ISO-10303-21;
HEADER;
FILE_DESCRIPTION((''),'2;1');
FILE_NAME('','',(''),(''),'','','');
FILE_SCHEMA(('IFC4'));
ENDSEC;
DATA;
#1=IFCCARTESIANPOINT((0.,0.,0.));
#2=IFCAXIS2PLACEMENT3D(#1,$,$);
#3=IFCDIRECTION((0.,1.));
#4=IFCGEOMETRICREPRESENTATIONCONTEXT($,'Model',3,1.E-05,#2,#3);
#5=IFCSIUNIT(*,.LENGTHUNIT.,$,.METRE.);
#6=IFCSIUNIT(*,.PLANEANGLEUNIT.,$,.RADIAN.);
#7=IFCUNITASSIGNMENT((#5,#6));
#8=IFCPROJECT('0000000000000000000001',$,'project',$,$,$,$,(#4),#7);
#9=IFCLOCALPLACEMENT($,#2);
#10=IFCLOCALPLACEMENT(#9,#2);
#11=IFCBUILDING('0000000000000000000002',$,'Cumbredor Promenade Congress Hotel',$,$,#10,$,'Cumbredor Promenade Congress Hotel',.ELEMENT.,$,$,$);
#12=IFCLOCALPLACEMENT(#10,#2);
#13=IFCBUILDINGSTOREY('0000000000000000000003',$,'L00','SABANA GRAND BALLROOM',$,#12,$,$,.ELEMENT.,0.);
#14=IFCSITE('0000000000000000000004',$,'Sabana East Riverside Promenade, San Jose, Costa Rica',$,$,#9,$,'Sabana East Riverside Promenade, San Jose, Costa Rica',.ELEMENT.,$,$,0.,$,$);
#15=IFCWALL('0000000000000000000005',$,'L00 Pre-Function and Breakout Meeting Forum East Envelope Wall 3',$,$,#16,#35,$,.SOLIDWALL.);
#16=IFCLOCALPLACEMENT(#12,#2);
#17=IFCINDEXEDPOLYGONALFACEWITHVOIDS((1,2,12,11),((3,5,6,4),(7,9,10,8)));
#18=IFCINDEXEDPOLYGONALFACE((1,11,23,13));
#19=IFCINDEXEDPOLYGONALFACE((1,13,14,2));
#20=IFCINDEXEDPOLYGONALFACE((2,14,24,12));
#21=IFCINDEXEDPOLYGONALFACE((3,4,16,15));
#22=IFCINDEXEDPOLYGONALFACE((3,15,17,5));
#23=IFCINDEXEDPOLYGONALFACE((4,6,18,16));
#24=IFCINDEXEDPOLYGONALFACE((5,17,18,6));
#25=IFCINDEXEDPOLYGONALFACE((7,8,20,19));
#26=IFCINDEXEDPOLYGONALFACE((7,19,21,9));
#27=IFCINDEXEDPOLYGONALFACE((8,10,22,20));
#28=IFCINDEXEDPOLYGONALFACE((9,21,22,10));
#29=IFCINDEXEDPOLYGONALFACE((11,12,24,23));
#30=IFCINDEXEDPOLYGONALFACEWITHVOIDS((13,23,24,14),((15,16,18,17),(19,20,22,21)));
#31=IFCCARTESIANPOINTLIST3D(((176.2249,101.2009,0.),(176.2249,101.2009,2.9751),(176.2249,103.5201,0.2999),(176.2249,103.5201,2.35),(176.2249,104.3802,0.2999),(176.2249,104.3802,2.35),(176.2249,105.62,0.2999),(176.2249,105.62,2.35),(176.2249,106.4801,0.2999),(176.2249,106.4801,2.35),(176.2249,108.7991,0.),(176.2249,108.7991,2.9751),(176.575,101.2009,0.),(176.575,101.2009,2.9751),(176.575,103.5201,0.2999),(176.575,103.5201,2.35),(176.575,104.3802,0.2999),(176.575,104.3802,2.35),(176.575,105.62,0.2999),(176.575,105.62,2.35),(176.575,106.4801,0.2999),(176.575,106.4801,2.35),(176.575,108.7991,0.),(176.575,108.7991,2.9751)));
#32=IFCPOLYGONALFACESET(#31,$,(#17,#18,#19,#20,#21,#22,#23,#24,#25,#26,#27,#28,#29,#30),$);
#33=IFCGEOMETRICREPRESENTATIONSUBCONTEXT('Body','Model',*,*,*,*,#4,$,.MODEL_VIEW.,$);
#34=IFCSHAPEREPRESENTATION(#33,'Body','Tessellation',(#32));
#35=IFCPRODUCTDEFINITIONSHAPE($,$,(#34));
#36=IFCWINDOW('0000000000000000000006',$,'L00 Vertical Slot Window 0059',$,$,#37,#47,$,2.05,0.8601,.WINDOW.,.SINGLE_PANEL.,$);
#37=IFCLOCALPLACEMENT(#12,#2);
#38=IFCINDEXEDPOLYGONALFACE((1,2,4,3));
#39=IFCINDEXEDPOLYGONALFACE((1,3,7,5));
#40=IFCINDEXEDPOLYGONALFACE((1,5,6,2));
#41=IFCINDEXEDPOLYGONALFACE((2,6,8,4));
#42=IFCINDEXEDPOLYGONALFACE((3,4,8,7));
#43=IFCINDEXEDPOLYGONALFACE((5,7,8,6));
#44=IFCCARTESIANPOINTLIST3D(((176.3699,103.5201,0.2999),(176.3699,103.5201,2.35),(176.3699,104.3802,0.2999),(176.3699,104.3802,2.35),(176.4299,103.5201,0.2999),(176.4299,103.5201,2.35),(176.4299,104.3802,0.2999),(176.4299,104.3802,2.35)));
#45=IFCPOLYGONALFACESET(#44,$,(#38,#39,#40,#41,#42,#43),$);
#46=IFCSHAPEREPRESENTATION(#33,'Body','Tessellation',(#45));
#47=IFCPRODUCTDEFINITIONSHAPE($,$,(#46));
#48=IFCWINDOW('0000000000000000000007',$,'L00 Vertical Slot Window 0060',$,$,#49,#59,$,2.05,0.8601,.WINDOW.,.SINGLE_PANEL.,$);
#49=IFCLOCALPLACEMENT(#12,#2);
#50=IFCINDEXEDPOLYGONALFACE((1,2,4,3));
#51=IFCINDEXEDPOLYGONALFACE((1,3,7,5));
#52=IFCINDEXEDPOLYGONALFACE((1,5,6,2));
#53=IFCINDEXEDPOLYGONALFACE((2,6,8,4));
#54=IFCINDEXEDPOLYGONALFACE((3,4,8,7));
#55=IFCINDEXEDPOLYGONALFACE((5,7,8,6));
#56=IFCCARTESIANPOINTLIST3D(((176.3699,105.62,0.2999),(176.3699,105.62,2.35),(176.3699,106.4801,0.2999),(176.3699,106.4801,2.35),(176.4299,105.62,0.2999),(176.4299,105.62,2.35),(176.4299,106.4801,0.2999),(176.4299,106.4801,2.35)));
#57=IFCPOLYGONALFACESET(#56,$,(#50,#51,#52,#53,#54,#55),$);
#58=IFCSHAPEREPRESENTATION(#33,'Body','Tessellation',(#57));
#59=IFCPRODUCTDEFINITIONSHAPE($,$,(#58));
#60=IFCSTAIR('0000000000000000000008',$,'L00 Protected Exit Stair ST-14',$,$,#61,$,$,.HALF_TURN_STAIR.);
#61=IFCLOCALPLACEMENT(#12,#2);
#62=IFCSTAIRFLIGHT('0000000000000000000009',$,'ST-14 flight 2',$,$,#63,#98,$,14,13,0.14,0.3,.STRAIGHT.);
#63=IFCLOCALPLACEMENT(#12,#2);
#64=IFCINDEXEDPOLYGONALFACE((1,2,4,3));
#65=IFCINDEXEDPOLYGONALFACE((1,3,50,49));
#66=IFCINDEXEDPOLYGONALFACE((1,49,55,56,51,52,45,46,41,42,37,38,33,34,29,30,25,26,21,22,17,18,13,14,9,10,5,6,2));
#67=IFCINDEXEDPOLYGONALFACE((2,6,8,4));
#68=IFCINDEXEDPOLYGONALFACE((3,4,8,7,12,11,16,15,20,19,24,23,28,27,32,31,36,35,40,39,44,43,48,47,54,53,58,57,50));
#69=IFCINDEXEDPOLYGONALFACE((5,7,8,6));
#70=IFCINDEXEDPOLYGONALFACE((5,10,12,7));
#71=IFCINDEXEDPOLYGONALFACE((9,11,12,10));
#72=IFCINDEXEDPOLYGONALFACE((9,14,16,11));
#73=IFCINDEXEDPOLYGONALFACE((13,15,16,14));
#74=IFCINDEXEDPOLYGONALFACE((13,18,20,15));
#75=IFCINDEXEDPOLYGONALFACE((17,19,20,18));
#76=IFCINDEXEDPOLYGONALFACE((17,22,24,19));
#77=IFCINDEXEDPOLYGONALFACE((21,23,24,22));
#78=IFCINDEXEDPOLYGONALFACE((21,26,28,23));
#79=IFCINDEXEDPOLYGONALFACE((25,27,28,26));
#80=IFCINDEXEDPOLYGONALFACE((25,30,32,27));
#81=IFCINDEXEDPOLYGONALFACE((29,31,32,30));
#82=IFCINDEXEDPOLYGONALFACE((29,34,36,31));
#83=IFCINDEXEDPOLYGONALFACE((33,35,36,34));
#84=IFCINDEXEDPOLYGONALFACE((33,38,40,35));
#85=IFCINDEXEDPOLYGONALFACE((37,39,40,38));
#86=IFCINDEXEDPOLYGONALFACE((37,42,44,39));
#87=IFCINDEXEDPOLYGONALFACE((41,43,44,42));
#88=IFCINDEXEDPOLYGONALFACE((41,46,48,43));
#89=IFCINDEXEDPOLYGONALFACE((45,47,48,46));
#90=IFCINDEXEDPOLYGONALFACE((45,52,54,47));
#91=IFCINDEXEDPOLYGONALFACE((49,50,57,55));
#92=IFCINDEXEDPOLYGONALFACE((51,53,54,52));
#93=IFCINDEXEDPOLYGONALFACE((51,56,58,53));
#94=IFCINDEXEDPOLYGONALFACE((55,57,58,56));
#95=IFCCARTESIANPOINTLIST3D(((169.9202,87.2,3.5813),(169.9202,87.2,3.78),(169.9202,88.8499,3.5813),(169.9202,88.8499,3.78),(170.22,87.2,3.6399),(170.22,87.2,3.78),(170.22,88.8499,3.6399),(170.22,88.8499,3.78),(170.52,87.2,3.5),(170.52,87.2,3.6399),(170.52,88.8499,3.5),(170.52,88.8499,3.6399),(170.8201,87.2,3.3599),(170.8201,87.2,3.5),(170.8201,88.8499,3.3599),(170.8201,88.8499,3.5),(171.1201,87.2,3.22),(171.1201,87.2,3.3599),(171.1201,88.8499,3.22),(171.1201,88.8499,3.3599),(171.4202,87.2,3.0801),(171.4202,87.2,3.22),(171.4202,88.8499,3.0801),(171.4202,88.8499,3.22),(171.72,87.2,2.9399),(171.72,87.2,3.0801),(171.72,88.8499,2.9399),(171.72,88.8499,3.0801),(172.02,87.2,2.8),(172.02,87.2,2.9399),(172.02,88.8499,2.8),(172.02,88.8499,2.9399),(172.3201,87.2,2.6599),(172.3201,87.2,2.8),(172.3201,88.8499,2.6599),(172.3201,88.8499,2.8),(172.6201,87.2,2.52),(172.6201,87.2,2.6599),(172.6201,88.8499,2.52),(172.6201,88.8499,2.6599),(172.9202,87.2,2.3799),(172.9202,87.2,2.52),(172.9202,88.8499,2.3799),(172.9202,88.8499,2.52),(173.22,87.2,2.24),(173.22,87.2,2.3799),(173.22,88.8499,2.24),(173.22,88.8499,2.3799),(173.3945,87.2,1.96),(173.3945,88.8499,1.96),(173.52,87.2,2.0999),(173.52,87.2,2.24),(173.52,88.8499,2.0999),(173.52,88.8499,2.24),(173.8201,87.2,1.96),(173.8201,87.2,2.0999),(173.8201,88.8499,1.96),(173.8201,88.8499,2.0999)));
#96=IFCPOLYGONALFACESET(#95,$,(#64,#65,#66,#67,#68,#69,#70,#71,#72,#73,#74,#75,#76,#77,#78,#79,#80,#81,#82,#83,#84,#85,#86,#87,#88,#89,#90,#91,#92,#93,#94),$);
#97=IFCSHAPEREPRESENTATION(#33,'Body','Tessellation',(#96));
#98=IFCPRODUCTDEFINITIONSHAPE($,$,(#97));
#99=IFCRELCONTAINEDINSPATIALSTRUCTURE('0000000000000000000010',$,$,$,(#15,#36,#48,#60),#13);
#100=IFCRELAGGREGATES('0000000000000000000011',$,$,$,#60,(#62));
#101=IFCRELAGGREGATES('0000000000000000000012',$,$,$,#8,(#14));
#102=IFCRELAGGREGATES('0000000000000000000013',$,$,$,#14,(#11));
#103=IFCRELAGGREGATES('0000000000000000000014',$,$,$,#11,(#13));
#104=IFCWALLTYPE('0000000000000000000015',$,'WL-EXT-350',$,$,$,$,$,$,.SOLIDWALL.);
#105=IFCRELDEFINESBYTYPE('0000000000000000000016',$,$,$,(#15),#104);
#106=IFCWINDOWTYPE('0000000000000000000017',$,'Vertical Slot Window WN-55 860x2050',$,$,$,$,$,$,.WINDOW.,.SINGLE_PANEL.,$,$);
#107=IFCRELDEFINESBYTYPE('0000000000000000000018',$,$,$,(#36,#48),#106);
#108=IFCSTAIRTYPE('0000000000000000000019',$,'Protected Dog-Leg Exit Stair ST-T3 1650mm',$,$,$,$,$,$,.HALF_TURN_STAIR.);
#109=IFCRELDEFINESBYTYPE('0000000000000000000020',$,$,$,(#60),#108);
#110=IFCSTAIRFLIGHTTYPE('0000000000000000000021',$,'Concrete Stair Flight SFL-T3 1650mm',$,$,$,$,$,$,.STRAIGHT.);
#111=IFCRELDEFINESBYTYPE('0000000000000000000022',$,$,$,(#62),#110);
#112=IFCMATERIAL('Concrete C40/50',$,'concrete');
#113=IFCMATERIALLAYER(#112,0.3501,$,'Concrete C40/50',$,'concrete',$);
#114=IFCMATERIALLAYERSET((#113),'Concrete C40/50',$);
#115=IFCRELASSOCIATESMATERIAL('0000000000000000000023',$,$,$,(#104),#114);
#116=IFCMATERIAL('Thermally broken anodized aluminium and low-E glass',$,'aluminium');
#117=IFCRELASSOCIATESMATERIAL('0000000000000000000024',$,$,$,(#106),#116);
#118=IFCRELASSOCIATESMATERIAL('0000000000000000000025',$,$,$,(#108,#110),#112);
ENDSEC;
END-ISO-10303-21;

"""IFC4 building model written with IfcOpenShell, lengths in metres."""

from ifc_helpers import new_model, si_unit, direction, frame, frame_2d, origin, place, context, subcontext, project, spatial, polyline, rectangle, outline, extrude, material, layer, layer_set, type_object, element, fill, aggregate, save


model = new_model("IFC4")

# Units and contexts
model_context = context("Model", 3, precision=1e-05, world=origin(), true_north=direction((0.0, 1.0)))
body_context = subcontext(model_context, "Body", "Model", "MODEL_VIEW")
ifc_project = project(units=[si_unit("LENGTHUNIT", "METRE"), si_unit("PLANEANGLEUNIT", "RADIAN")], contexts=[model_context])

# Site, building, storey
site_placement = place(None, origin())
site = spatial("IfcSite", under=ifc_project, at=site_placement, Name="Sabana East Riverside Promenade, San Jose, Costa Rica", LongName="Sabana East Riverside Promenade, San Jose, Costa Rica", CompositionType="ELEMENT", RefElevation=0.0)
building_placement = place(site_placement, origin())
building = spatial("IfcBuilding", under=site, at=building_placement, Name="Cumbredor Promenade Congress Hotel", LongName="Cumbredor Promenade Congress Hotel", CompositionType="ELEMENT")
storey_placement = place(building_placement, origin())
storey = spatial("IfcBuildingStorey", under=building, at=storey_placement, Name="L00", Description="SABANA GRAND BALLROOM", CompositionType="ELEMENT", Elevation=0.0)

# Shared definitions
ifc_material_1 = material(Name="Concrete C40/50", Category="concrete")

# Shared definitions
ifc_material_2 = material(Name="Thermally broken anodized aluminium and low-E glass", Category="aluminium")

# Wall, openings, windows
ifc_layer_1 = layer(ifc_material_1, 0.3501, Name="Concrete C40/50", Category="concrete")
ifc_layer_set_1 = layer_set([ifc_layer_1], Name="Concrete C40/50")
wall_type_1 = type_object("IfcWallType", Name="WL-EXT-350", PredefinedType="SOLIDWALL", material=ifc_layer_set_1)
wall_1_placement = place(storey_placement, frame((176.3999, 101.2009, 0.0), z_axis=(0.0, 0.0, 1.0), x_axis=(0.0, 1.0, 0.0)))
wall_1 = element("IfcWall", 1, at=wall_1_placement, inside=storey, type_object=wall_type_1, Name="L00 Pre-Function and Breakout Meeting Forum East Envelope Wall 3", PredefinedType="SOLIDWALL", context=body_context, shape_type="SweptSolid", body=[
    extrude(rectangle(XDim=7.5981, YDim=0.3501, at=frame_2d((3.7991, 0.0))), origin(), (0.0, 0.0, 1.0), 2.9751),
])
opening_1_placement = place(wall_1_placement, frame((2.3191, 0.0, 0.3)))
opening_1 = element("IfcOpeningElement", 2, at=opening_1_placement, cuts=wall_1, PredefinedType="OPENING", context=body_context, shape_type="SweptSolid", body=[
    extrude(rectangle(XDim=0.8601, YDim=2.05, at=frame_2d((0.4302, 1.0249))), frame((0.0, 0.1851, 0.0), z_axis=(0.0, -1.0, 0.0), x_axis=(1.0, 0.0, 0.0)), (0.0, 0.0, 1.0), 0.3701),
])
opening_2_placement = place(wall_1_placement, frame((4.4189, 0.0, 0.3)))
opening_2 = element("IfcOpeningElement", 3, at=opening_2_placement, cuts=wall_1, PredefinedType="OPENING", context=body_context, shape_type="SweptSolid", body=[
    extrude(rectangle(XDim=0.8601, YDim=2.05, at=frame_2d((0.4302, 1.0249))), frame((0.0, 0.1851, 0.0), z_axis=(0.0, -1.0, 0.0), x_axis=(1.0, 0.0, 0.0)), (0.0, 0.0, 1.0), 0.3701),
])
window_type = type_object("IfcWindowType", Name="Vertical Slot Window WN-55 860x2050", PartitioningType="SINGLE_PANEL", PredefinedType="WINDOW", material=ifc_material_2)
window_1_placement = place(opening_1_placement, origin())
window_1 = element("IfcWindow", 4, at=window_1_placement, inside=storey, type_object=window_type, Name="L00 Vertical Slot Window 0059", OverallHeight=2.05, OverallWidth=0.8601, PartitioningType="SINGLE_PANEL", PredefinedType="WINDOW", context=body_context, shape_type="SweptSolid", body=[
    extrude(rectangle(XDim=0.8601, YDim=2.05, at=frame_2d((0.4302, 1.0249))), frame((0.0, 0.03, 0.0), z_axis=(0.0, -1.0, 0.0), x_axis=(1.0, 0.0, 0.0)), (0.0, 0.0, 1.0), 0.0601),
])
fill(opening_1, window_1)
window_2_placement = place(opening_2_placement, origin())
window_2 = element("IfcWindow", 5, at=window_2_placement, inside=storey, type_object=window_type, Name="L00 Vertical Slot Window 0060", OverallHeight=2.05, OverallWidth=0.8601, PartitioningType="SINGLE_PANEL", PredefinedType="WINDOW", context=body_context, shape_type="SweptSolid", body=[
    extrude(rectangle(XDim=0.8601, YDim=2.05, at=frame_2d((0.4302, 1.0249))), frame((0.0, 0.03, 0.0), z_axis=(0.0, -1.0, 0.0), x_axis=(1.0, 0.0, 0.0)), (0.0, 0.0, 1.0), 0.0601),
])
fill(opening_2, window_2)

# Stair, stair flight
stair_type = type_object("IfcStairType", Name="Protected Dog-Leg Exit Stair ST-T3 1650mm", PredefinedType="HALF_TURN_STAIR", material=ifc_material_1)
stair_placement = place(storey_placement, origin())
stair = element("IfcStair", 6, at=stair_placement, inside=storey, type_object=stair_type, Name="L00 Protected Exit Stair ST-14", PredefinedType="HALF_TURN_STAIR")
stair_flight_type = type_object("IfcStairFlightType", Name="Concrete Stair Flight SFL-T3 1650mm", PredefinedType="STRAIGHT", material=ifc_material_1)
stair_flight_placement = place(storey_placement, frame((173.8201, 88.0249, 1.96), z_axis=(0.0, 0.0, 1.0), x_axis=(-1.0, 0.0, 0.0)))
stair_flight = element("IfcStairFlight", 7, at=stair_flight_placement, type_object=stair_flight_type, Name="ST-14 flight 2", NumberOfRisers=14, NumberOfTreads=13, PredefinedType="STRAIGHT", RiserHeight=0.14, TreadLength=0.3, context=body_context, shape_type="SweptSolid", body=[
    extrude(outline(polyline([(0.0, 0.0), (0.0, 0.1399), (0.3, 0.1399), (0.3, 0.28), (0.6001, 0.28), (0.6001, 0.4199), (0.8999, 0.4199), (0.8999, 0.5601), (1.2, 0.5601), (1.2, 0.7), (1.5, 0.7), (1.5, 0.8401), (1.8, 0.8401), (1.8, 0.98), (2.1001, 0.98), (2.1001, 1.1201), (2.3999, 1.1201), (2.3999, 1.26), (2.7, 1.26), (2.7, 1.3999), (3.0, 1.3999), (3.0, 1.54), (3.3, 1.54), (3.3, 1.6799), (3.6001, 1.6799), (3.6001, 1.8201), (3.8999, 1.8201), (3.8999, 1.96), (3.8999, 1.6213), (0.4255, 0.0), (0.0, 0.0)])), frame((0.0, 0.825, 0.0), z_axis=(0.0, -1.0, 0.0), x_axis=(1.0, 0.0, 0.0)), (0.0, 0.0, 1.0), 1.6499),
])
aggregate(stair, [stair_flight])

save(model, "model.ifc")
